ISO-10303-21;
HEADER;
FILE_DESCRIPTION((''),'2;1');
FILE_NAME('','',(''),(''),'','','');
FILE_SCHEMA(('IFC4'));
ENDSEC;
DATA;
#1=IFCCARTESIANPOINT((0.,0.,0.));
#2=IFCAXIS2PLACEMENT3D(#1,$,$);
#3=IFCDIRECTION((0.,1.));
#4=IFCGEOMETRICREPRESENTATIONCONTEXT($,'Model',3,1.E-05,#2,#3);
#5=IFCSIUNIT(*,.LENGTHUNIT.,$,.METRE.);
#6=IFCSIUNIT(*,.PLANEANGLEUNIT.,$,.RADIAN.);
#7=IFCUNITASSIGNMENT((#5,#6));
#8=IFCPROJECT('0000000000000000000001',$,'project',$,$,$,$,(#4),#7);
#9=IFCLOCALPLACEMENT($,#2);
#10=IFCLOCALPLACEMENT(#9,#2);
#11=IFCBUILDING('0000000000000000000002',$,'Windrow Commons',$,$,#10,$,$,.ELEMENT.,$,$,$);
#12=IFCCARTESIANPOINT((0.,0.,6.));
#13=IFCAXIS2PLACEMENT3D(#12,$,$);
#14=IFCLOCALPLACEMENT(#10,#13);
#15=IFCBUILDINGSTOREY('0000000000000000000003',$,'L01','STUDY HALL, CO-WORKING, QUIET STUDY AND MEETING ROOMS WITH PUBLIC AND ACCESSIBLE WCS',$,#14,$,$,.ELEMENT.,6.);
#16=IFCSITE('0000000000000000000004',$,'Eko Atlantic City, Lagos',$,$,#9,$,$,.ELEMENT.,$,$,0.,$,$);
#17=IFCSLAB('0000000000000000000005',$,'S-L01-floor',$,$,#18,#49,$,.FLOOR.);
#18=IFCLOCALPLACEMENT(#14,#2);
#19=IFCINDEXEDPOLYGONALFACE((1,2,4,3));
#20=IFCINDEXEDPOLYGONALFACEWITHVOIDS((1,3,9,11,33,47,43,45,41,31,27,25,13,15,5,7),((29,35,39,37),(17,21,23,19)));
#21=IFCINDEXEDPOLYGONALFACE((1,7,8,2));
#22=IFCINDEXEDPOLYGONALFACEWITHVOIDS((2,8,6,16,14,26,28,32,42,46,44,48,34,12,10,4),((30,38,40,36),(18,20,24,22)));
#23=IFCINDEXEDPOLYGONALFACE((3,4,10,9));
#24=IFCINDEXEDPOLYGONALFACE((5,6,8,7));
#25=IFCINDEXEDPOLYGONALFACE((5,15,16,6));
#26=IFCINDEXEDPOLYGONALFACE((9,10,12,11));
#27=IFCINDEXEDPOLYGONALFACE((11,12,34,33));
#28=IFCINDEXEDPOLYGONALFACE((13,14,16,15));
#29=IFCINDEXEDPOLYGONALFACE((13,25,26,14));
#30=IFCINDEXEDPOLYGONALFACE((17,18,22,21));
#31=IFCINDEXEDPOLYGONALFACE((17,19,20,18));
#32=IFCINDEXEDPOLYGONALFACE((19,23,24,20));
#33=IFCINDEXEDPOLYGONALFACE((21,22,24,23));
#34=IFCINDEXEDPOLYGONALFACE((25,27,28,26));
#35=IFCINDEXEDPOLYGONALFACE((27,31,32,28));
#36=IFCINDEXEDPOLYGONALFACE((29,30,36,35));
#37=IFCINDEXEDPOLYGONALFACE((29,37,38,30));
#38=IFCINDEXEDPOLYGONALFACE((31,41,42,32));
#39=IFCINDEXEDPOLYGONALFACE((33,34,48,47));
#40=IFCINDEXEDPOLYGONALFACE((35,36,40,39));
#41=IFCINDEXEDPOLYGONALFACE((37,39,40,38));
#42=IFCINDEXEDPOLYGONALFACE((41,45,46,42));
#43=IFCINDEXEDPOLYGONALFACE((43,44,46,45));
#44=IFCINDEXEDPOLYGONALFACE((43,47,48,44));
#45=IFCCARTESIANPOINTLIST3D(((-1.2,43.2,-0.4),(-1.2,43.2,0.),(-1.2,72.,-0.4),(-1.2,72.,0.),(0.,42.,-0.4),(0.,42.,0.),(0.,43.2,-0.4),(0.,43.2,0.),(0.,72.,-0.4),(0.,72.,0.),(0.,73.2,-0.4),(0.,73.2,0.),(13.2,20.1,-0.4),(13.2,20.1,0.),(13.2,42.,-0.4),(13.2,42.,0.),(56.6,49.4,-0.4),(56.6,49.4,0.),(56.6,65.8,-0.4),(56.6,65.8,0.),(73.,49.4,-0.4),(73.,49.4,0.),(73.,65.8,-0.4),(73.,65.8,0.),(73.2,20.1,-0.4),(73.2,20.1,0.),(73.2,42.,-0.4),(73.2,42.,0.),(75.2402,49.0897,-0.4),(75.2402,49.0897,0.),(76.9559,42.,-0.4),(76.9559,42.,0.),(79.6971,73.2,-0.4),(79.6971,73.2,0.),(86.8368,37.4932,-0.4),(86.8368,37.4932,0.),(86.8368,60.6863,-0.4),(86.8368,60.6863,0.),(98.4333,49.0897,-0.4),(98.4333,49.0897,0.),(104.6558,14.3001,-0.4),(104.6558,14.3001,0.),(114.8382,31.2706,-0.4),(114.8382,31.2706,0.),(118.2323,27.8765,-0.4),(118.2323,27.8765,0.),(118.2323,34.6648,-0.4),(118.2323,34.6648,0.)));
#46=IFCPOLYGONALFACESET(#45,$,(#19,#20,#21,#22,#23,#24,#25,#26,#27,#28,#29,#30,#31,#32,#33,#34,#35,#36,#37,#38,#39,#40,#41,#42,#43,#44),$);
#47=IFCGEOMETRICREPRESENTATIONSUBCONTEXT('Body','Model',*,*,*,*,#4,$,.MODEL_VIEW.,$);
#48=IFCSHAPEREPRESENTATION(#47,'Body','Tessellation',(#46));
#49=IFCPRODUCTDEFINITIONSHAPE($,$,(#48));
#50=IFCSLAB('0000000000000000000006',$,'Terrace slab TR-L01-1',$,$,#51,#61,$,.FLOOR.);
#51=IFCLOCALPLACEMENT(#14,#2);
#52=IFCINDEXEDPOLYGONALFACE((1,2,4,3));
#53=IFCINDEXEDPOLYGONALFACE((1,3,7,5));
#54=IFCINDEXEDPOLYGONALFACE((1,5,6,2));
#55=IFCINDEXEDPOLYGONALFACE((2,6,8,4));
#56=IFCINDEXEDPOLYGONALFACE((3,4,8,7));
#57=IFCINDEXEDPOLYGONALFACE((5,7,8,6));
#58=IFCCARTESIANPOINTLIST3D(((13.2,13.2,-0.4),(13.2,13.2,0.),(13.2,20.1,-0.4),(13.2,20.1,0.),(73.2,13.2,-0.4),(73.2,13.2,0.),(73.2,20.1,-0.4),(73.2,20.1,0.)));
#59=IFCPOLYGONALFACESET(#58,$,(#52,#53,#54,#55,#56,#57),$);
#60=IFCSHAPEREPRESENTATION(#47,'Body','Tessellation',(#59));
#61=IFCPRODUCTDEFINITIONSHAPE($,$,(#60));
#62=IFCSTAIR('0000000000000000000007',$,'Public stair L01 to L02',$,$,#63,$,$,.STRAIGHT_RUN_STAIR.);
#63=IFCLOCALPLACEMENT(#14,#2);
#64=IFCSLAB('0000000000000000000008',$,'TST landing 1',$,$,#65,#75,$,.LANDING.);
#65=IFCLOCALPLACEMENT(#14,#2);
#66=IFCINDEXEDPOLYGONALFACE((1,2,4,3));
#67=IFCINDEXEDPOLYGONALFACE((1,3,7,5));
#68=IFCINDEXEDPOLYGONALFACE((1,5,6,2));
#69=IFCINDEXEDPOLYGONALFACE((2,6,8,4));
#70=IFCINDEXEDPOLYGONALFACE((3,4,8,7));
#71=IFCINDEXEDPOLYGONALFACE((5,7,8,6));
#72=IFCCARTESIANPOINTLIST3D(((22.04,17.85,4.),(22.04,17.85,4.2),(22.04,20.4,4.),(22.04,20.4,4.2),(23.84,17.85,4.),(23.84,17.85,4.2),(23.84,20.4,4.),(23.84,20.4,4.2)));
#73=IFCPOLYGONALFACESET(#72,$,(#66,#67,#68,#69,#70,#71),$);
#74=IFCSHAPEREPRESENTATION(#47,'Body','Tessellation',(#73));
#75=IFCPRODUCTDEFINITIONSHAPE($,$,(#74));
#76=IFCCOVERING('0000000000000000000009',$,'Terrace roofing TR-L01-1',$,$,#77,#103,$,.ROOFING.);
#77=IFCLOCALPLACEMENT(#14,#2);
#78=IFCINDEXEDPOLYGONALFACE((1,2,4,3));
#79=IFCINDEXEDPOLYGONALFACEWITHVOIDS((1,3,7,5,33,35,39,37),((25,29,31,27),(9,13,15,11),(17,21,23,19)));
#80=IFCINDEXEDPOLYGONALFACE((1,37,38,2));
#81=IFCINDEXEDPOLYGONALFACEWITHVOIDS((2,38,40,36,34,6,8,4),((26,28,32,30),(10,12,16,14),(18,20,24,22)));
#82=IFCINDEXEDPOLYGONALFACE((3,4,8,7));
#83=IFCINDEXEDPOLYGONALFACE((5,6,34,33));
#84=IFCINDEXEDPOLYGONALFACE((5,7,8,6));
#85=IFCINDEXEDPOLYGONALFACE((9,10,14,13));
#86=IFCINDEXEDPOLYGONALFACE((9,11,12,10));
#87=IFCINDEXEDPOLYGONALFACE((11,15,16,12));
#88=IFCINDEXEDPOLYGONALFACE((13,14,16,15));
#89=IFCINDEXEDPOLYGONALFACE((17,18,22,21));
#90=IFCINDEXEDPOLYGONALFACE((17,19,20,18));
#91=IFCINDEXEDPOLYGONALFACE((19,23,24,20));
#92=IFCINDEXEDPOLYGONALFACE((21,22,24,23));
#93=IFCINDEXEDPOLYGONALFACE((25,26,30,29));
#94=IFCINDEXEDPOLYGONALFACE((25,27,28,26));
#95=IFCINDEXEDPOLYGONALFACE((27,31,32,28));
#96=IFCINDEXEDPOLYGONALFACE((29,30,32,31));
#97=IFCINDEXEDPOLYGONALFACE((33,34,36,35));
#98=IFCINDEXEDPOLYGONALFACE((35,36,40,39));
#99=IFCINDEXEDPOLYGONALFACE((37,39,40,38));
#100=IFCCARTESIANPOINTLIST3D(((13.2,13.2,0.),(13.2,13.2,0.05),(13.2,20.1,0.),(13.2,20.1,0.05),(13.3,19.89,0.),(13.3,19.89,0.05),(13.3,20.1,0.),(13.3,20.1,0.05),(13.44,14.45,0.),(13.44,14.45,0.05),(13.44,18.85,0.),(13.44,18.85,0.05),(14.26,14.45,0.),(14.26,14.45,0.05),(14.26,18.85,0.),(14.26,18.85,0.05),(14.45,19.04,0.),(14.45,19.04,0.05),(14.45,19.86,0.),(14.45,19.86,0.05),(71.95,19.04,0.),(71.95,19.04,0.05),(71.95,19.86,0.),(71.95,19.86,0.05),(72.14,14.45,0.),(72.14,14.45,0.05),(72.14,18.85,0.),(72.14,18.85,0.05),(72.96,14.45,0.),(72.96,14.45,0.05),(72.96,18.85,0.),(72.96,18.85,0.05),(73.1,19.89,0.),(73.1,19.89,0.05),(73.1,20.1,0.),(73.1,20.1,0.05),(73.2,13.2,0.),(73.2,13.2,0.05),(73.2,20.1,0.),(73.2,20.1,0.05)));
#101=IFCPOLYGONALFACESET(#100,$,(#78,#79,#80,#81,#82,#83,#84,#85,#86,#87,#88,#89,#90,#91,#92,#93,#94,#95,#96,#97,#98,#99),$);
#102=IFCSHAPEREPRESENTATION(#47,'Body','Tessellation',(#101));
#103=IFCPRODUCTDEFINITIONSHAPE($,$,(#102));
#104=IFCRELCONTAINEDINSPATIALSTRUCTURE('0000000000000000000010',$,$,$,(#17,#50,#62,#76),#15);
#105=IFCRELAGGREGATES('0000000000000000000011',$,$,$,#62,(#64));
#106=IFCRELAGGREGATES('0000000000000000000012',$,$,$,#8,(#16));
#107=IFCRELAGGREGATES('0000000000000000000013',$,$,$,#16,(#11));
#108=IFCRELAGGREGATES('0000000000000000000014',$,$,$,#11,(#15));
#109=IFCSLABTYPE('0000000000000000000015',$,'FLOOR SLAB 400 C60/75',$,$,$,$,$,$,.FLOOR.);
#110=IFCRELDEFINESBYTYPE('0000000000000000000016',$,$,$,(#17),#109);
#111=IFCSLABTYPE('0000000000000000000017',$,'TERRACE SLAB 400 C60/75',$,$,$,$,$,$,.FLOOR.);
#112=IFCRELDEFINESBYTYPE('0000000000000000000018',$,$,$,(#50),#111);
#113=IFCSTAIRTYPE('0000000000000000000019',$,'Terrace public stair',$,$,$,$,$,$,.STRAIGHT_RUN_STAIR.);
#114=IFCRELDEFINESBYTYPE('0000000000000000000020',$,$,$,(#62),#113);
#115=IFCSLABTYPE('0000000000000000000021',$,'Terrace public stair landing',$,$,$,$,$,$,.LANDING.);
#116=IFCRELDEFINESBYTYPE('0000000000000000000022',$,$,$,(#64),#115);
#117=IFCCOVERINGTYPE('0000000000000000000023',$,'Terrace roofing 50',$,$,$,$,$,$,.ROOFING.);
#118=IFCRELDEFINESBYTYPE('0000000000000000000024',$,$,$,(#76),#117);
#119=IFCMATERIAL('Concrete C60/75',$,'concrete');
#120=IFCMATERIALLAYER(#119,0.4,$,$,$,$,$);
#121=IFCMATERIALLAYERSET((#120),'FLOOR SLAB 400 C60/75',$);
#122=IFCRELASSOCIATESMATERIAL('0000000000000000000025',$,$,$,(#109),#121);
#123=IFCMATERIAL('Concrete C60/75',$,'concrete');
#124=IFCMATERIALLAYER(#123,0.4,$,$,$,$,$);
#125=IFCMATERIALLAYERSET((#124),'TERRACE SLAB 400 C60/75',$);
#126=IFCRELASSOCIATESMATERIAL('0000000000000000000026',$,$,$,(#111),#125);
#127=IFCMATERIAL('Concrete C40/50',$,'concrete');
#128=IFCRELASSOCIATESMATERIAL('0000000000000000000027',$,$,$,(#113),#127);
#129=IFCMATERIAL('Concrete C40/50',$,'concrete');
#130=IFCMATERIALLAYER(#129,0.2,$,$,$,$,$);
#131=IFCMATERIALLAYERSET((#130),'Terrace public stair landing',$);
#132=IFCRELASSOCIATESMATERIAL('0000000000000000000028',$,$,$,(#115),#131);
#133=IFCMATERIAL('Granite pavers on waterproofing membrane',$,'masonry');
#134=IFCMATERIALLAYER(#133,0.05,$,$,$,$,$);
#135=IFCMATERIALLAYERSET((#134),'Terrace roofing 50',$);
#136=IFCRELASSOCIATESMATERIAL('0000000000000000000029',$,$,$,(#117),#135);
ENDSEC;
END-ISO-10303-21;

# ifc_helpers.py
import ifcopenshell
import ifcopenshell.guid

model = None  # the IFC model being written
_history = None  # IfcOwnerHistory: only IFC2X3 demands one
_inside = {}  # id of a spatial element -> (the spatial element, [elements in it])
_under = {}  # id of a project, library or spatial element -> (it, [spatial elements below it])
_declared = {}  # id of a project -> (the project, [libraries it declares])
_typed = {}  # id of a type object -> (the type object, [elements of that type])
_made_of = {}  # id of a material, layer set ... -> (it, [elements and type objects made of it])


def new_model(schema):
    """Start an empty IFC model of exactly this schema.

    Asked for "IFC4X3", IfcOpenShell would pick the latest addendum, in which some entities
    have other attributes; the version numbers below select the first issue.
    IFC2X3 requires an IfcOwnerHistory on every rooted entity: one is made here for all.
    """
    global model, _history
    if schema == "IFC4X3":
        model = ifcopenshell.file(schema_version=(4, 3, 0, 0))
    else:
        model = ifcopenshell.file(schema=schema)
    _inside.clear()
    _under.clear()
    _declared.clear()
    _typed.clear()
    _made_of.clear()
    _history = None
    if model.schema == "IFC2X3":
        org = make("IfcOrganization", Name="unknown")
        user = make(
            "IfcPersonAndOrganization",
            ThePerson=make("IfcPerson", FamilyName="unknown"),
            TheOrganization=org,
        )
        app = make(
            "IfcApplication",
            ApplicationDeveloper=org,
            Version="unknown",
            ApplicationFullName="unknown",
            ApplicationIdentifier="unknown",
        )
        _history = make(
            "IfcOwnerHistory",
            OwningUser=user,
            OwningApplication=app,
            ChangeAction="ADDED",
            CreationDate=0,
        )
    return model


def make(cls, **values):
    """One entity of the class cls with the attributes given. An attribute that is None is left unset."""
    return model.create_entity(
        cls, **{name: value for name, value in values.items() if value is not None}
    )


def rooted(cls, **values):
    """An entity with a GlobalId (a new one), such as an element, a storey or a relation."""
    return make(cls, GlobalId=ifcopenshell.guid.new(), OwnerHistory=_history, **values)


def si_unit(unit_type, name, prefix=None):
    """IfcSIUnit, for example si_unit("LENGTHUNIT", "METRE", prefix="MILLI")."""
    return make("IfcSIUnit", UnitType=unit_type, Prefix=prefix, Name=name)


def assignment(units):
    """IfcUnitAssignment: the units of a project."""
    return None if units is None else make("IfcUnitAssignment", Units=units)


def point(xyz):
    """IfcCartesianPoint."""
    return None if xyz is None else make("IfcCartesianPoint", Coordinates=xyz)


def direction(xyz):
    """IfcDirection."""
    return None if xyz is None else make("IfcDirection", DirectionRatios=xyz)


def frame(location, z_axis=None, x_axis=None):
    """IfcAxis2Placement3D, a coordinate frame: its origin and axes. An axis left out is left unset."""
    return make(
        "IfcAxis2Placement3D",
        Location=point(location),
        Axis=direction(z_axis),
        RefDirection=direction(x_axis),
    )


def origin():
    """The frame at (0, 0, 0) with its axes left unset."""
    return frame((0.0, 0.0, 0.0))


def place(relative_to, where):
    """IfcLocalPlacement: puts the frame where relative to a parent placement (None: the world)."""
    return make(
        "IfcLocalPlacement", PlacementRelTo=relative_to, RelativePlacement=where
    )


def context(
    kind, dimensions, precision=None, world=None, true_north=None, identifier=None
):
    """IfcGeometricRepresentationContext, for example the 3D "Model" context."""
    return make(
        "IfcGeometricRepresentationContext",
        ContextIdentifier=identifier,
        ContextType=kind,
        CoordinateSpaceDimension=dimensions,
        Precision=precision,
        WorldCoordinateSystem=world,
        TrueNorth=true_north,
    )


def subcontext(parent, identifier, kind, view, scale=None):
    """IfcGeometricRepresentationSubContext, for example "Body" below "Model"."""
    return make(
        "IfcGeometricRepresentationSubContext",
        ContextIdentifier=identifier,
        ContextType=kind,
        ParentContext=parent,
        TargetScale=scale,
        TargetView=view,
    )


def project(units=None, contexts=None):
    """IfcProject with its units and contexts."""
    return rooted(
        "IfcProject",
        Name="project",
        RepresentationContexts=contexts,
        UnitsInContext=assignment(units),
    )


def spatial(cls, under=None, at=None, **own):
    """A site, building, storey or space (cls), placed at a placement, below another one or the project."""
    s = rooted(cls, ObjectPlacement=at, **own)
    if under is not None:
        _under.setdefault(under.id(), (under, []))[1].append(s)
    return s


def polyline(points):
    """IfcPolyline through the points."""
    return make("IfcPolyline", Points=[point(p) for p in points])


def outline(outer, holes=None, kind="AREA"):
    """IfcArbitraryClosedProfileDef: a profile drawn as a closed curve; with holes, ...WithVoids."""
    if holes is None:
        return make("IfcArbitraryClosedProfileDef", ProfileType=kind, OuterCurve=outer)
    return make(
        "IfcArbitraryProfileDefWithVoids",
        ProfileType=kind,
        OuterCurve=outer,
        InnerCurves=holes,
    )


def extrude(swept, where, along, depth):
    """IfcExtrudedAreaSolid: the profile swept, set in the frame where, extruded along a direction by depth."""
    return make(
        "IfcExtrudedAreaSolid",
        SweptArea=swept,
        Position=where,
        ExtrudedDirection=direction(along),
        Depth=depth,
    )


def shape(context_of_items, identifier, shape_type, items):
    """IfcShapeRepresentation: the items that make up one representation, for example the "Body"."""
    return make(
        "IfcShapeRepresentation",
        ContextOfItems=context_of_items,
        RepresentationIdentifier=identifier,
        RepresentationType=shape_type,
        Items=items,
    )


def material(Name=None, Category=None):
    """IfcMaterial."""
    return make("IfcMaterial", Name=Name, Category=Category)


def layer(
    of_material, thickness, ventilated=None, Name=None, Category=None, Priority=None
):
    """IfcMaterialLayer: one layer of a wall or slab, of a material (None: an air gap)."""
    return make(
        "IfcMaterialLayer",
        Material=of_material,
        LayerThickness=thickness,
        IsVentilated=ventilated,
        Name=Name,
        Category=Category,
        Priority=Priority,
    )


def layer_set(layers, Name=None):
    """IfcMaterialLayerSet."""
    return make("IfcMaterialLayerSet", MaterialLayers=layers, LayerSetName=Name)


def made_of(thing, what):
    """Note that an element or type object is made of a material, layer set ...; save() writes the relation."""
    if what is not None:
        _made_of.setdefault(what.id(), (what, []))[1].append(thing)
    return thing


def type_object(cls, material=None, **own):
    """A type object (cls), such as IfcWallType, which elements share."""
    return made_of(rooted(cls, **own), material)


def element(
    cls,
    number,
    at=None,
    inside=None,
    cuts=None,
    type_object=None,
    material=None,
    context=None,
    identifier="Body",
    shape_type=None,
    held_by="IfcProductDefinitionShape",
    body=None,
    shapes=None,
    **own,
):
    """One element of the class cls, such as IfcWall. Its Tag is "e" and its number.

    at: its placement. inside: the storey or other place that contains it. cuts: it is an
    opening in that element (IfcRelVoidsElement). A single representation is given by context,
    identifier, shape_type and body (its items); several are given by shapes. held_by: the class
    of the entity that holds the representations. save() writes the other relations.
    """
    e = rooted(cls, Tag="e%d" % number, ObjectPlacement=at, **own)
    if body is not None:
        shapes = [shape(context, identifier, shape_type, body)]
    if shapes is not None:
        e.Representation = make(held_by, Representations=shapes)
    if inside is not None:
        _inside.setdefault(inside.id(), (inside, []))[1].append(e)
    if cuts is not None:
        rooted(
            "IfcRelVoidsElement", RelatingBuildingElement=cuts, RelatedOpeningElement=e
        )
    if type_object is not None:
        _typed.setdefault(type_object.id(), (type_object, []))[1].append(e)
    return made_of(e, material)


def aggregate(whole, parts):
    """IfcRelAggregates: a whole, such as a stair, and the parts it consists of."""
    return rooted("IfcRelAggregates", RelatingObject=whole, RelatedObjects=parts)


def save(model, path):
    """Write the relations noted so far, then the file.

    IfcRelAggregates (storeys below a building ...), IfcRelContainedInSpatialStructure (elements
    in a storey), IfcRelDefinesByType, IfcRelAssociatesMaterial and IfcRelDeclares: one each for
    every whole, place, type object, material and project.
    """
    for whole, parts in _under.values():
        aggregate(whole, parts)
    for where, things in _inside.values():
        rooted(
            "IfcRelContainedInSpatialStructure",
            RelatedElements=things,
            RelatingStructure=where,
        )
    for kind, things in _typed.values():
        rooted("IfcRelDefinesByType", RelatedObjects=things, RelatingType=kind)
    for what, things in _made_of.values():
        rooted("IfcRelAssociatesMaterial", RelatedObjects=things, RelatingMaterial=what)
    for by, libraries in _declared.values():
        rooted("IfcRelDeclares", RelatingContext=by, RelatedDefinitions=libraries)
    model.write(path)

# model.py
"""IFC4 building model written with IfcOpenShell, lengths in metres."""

from ifc_helpers import new_model, si_unit, direction, frame, origin, place, context, subcontext, project, spatial, polyline, outline, extrude, material, layer, layer_set, type_object, element, aggregate, save


model = new_model("IFC4")

# Units and contexts
model_context = context("Model", 3, precision=1e-05, world=origin(), true_north=direction((0.0, 1.0)))
body_context = subcontext(model_context, "Body", "Model", "MODEL_VIEW")
ifc_project = project(units=[si_unit("LENGTHUNIT", "METRE"), si_unit("PLANEANGLEUNIT", "RADIAN")], contexts=[model_context])

# Site, building, storey
site_placement = place(None, origin())
site = spatial("IfcSite", under=ifc_project, at=site_placement, Name="Eko Atlantic City, Lagos", CompositionType="ELEMENT", RefElevation=0.0)
building_placement = place(site_placement, origin())
building = spatial("IfcBuilding", under=site, at=building_placement, Name="Windrow Commons", CompositionType="ELEMENT")
storey_placement = place(building_placement, frame((0.0, 0.0, 6.0)))
storey = spatial("IfcBuildingStorey", under=building, at=storey_placement, Name="L01", Description="STUDY HALL, CO-WORKING, QUIET STUDY AND MEETING ROOMS WITH PUBLIC AND ACCESSIBLE WCS", CompositionType="ELEMENT", Elevation=6.0)

# Shared definitions
placement_1 = place(storey_placement, origin())

# Shared definitions
placement_2 = place(storey_placement, frame((0.0, 0.0, -0.4)))

# Slab, openings
ifc_material_1 = material(Name="Concrete C60/75", Category="concrete")
ifc_layer_1 = layer(ifc_material_1, 0.4)
ifc_layer_set_1 = layer_set([ifc_layer_1], Name="FLOOR SLAB 400 C60/75")
slab_type_1 = type_object("IfcSlabType", Name="FLOOR SLAB 400 C60/75", PredefinedType="FLOOR", material=ifc_layer_set_1)
slab_1 = element("IfcSlab", 1, at=placement_2, inside=storey, type_object=slab_type_1, Name="S-L01-floor", PredefinedType="FLOOR", context=body_context, shape_type="SweptSolid", body=[
    extrude(outline(polyline([(73.2, 42.0), (76.9559, 42.0), (104.6558, 14.3001), (118.2323, 27.8765), (114.8382, 31.2706), (118.2323, 34.6648), (79.6971, 73.2), (0.0, 73.2), (0.0, 72.0), (-1.2, 72.0), (-1.2, 43.2), (0.0, 43.2), (0.0, 42.0), (13.2, 42.0), (13.2, 20.1), (73.2, 20.1), (73.2, 42.0)]), holes=[polyline([(75.2402, 49.0897), (86.8368, 60.6863), (98.4333, 49.0897), (86.8368, 37.4932), (75.2402, 49.0897)]), polyline([(56.6, 49.4), (56.6, 65.8), (73.0, 65.8), (73.0, 49.4), (56.6, 49.4)])]), origin(), (0.0, 0.0, 1.0), 0.4),
])
opening_1_placement = place(placement_2, origin())
element("IfcOpeningElement", 2, at=opening_1_placement, cuts=slab_1, PredefinedType="OPENING", context=body_context, shape_type="SweptSolid", body=[
    extrude(outline(polyline([(75.2473, 49.0897), (86.8368, 60.6792), (98.4262, 49.0897), (86.8368, 37.5003), (75.2473, 49.0897)])), origin(), (0.0, 0.0, 1.0), 0.4),
])
opening_2_placement = place(placement_2, origin())
element("IfcOpeningElement", 3, at=opening_2_placement, cuts=slab_1, PredefinedType="OPENING", context=body_context, shape_type="SweptSolid", body=[
    extrude(outline(polyline([(56.605, 49.405), (56.605, 65.795), (72.995, 65.795), (72.995, 49.405), (56.605, 49.405)])), origin(), (0.0, 0.0, 1.0), 0.4),
])

# Slab
ifc_material_2 = material(Name="Concrete C60/75", Category="concrete")
ifc_layer_2 = layer(ifc_material_2, 0.4)
ifc_layer_set_2 = layer_set([ifc_layer_2], Name="TERRACE SLAB 400 C60/75")
slab_type_2 = type_object("IfcSlabType", Name="TERRACE SLAB 400 C60/75", PredefinedType="FLOOR", material=ifc_layer_set_2)
element("IfcSlab", 4, at=placement_2, inside=storey, type_object=slab_type_2, Name="Terrace slab TR-L01-1", PredefinedType="FLOOR", context=body_context, shape_type="SweptSolid", body=[
    extrude(outline(polyline([(13.2, 13.2), (73.2, 13.2), (73.2, 20.1), (13.2, 20.1), (13.2, 13.2)])), origin(), (0.0, 0.0, 1.0), 0.4),
])

# Stair, slab
ifc_material_3 = material(Name="Concrete C40/50", Category="concrete")
stair_type_1 = type_object("IfcStairType", Name="Terrace public stair", PredefinedType="STRAIGHT_RUN_STAIR", material=ifc_material_3)
stair_1 = element("IfcStair", 5, at=placement_1, inside=storey, type_object=stair_type_1, Name="Public stair L01 to L02", PredefinedType="STRAIGHT_RUN_STAIR")
ifc_material_4 = material(Name="Concrete C40/50", Category="concrete")
ifc_layer_3 = layer(ifc_material_4, 0.2)
ifc_layer_set_3 = layer_set([ifc_layer_3], Name="Terrace public stair landing")
slab_type_3 = type_object("IfcSlabType", Name="Terrace public stair landing", PredefinedType="LANDING", material=ifc_layer_set_3)
slab_2_placement = place(storey_placement, frame((0.0, 0.0, 4.0)))
slab_2 = element("IfcSlab", 6, at=slab_2_placement, type_object=slab_type_3, Name="TST landing 1", PredefinedType="LANDING", context=body_context, shape_type="SweptSolid", body=[
    extrude(outline(polyline([(22.04, 20.4), (23.84, 20.4), (23.84, 17.85), (22.04, 17.85), (22.04, 20.4)])), origin(), (0.0, 0.0, 1.0), 0.2),
])
aggregate(stair_1, [slab_2])

# Covering
ifc_material_5 = material(Name="Granite pavers on waterproofing membrane", Category="masonry")
ifc_layer_4 = layer(ifc_material_5, 0.05)
ifc_layer_set_4 = layer_set([ifc_layer_4], Name="Terrace roofing 50")
covering_type = type_object("IfcCoveringType", Name="Terrace roofing 50", PredefinedType="ROOFING", material=ifc_layer_set_4)
element("IfcCovering", 7, at=placement_1, inside=storey, type_object=covering_type, Name="Terrace roofing TR-L01-1", PredefinedType="ROOFING", context=body_context, shape_type="SweptSolid", body=[
    extrude(outline(polyline([(73.2, 20.1), (73.2, 13.2), (13.2, 13.2), (13.2, 20.1), (13.3, 20.1), (13.3, 19.89), (73.1, 19.89), (73.1, 20.1), (73.2, 20.1)]), holes=[polyline([(13.44, 14.45), (14.26, 14.45), (14.26, 18.85), (13.44, 18.85), (13.44, 14.45)]), polyline([(72.96, 14.45), (72.96, 18.85), (72.14, 18.85), (72.14, 14.45), (72.96, 14.45)]), polyline([(71.95, 19.86), (14.45, 19.86), (14.45, 19.04), (71.95, 19.04), (71.95, 19.86)])]), origin(), (0.0, 0.0, 1.0), 0.05),
])

save(model, "model.ifc")
